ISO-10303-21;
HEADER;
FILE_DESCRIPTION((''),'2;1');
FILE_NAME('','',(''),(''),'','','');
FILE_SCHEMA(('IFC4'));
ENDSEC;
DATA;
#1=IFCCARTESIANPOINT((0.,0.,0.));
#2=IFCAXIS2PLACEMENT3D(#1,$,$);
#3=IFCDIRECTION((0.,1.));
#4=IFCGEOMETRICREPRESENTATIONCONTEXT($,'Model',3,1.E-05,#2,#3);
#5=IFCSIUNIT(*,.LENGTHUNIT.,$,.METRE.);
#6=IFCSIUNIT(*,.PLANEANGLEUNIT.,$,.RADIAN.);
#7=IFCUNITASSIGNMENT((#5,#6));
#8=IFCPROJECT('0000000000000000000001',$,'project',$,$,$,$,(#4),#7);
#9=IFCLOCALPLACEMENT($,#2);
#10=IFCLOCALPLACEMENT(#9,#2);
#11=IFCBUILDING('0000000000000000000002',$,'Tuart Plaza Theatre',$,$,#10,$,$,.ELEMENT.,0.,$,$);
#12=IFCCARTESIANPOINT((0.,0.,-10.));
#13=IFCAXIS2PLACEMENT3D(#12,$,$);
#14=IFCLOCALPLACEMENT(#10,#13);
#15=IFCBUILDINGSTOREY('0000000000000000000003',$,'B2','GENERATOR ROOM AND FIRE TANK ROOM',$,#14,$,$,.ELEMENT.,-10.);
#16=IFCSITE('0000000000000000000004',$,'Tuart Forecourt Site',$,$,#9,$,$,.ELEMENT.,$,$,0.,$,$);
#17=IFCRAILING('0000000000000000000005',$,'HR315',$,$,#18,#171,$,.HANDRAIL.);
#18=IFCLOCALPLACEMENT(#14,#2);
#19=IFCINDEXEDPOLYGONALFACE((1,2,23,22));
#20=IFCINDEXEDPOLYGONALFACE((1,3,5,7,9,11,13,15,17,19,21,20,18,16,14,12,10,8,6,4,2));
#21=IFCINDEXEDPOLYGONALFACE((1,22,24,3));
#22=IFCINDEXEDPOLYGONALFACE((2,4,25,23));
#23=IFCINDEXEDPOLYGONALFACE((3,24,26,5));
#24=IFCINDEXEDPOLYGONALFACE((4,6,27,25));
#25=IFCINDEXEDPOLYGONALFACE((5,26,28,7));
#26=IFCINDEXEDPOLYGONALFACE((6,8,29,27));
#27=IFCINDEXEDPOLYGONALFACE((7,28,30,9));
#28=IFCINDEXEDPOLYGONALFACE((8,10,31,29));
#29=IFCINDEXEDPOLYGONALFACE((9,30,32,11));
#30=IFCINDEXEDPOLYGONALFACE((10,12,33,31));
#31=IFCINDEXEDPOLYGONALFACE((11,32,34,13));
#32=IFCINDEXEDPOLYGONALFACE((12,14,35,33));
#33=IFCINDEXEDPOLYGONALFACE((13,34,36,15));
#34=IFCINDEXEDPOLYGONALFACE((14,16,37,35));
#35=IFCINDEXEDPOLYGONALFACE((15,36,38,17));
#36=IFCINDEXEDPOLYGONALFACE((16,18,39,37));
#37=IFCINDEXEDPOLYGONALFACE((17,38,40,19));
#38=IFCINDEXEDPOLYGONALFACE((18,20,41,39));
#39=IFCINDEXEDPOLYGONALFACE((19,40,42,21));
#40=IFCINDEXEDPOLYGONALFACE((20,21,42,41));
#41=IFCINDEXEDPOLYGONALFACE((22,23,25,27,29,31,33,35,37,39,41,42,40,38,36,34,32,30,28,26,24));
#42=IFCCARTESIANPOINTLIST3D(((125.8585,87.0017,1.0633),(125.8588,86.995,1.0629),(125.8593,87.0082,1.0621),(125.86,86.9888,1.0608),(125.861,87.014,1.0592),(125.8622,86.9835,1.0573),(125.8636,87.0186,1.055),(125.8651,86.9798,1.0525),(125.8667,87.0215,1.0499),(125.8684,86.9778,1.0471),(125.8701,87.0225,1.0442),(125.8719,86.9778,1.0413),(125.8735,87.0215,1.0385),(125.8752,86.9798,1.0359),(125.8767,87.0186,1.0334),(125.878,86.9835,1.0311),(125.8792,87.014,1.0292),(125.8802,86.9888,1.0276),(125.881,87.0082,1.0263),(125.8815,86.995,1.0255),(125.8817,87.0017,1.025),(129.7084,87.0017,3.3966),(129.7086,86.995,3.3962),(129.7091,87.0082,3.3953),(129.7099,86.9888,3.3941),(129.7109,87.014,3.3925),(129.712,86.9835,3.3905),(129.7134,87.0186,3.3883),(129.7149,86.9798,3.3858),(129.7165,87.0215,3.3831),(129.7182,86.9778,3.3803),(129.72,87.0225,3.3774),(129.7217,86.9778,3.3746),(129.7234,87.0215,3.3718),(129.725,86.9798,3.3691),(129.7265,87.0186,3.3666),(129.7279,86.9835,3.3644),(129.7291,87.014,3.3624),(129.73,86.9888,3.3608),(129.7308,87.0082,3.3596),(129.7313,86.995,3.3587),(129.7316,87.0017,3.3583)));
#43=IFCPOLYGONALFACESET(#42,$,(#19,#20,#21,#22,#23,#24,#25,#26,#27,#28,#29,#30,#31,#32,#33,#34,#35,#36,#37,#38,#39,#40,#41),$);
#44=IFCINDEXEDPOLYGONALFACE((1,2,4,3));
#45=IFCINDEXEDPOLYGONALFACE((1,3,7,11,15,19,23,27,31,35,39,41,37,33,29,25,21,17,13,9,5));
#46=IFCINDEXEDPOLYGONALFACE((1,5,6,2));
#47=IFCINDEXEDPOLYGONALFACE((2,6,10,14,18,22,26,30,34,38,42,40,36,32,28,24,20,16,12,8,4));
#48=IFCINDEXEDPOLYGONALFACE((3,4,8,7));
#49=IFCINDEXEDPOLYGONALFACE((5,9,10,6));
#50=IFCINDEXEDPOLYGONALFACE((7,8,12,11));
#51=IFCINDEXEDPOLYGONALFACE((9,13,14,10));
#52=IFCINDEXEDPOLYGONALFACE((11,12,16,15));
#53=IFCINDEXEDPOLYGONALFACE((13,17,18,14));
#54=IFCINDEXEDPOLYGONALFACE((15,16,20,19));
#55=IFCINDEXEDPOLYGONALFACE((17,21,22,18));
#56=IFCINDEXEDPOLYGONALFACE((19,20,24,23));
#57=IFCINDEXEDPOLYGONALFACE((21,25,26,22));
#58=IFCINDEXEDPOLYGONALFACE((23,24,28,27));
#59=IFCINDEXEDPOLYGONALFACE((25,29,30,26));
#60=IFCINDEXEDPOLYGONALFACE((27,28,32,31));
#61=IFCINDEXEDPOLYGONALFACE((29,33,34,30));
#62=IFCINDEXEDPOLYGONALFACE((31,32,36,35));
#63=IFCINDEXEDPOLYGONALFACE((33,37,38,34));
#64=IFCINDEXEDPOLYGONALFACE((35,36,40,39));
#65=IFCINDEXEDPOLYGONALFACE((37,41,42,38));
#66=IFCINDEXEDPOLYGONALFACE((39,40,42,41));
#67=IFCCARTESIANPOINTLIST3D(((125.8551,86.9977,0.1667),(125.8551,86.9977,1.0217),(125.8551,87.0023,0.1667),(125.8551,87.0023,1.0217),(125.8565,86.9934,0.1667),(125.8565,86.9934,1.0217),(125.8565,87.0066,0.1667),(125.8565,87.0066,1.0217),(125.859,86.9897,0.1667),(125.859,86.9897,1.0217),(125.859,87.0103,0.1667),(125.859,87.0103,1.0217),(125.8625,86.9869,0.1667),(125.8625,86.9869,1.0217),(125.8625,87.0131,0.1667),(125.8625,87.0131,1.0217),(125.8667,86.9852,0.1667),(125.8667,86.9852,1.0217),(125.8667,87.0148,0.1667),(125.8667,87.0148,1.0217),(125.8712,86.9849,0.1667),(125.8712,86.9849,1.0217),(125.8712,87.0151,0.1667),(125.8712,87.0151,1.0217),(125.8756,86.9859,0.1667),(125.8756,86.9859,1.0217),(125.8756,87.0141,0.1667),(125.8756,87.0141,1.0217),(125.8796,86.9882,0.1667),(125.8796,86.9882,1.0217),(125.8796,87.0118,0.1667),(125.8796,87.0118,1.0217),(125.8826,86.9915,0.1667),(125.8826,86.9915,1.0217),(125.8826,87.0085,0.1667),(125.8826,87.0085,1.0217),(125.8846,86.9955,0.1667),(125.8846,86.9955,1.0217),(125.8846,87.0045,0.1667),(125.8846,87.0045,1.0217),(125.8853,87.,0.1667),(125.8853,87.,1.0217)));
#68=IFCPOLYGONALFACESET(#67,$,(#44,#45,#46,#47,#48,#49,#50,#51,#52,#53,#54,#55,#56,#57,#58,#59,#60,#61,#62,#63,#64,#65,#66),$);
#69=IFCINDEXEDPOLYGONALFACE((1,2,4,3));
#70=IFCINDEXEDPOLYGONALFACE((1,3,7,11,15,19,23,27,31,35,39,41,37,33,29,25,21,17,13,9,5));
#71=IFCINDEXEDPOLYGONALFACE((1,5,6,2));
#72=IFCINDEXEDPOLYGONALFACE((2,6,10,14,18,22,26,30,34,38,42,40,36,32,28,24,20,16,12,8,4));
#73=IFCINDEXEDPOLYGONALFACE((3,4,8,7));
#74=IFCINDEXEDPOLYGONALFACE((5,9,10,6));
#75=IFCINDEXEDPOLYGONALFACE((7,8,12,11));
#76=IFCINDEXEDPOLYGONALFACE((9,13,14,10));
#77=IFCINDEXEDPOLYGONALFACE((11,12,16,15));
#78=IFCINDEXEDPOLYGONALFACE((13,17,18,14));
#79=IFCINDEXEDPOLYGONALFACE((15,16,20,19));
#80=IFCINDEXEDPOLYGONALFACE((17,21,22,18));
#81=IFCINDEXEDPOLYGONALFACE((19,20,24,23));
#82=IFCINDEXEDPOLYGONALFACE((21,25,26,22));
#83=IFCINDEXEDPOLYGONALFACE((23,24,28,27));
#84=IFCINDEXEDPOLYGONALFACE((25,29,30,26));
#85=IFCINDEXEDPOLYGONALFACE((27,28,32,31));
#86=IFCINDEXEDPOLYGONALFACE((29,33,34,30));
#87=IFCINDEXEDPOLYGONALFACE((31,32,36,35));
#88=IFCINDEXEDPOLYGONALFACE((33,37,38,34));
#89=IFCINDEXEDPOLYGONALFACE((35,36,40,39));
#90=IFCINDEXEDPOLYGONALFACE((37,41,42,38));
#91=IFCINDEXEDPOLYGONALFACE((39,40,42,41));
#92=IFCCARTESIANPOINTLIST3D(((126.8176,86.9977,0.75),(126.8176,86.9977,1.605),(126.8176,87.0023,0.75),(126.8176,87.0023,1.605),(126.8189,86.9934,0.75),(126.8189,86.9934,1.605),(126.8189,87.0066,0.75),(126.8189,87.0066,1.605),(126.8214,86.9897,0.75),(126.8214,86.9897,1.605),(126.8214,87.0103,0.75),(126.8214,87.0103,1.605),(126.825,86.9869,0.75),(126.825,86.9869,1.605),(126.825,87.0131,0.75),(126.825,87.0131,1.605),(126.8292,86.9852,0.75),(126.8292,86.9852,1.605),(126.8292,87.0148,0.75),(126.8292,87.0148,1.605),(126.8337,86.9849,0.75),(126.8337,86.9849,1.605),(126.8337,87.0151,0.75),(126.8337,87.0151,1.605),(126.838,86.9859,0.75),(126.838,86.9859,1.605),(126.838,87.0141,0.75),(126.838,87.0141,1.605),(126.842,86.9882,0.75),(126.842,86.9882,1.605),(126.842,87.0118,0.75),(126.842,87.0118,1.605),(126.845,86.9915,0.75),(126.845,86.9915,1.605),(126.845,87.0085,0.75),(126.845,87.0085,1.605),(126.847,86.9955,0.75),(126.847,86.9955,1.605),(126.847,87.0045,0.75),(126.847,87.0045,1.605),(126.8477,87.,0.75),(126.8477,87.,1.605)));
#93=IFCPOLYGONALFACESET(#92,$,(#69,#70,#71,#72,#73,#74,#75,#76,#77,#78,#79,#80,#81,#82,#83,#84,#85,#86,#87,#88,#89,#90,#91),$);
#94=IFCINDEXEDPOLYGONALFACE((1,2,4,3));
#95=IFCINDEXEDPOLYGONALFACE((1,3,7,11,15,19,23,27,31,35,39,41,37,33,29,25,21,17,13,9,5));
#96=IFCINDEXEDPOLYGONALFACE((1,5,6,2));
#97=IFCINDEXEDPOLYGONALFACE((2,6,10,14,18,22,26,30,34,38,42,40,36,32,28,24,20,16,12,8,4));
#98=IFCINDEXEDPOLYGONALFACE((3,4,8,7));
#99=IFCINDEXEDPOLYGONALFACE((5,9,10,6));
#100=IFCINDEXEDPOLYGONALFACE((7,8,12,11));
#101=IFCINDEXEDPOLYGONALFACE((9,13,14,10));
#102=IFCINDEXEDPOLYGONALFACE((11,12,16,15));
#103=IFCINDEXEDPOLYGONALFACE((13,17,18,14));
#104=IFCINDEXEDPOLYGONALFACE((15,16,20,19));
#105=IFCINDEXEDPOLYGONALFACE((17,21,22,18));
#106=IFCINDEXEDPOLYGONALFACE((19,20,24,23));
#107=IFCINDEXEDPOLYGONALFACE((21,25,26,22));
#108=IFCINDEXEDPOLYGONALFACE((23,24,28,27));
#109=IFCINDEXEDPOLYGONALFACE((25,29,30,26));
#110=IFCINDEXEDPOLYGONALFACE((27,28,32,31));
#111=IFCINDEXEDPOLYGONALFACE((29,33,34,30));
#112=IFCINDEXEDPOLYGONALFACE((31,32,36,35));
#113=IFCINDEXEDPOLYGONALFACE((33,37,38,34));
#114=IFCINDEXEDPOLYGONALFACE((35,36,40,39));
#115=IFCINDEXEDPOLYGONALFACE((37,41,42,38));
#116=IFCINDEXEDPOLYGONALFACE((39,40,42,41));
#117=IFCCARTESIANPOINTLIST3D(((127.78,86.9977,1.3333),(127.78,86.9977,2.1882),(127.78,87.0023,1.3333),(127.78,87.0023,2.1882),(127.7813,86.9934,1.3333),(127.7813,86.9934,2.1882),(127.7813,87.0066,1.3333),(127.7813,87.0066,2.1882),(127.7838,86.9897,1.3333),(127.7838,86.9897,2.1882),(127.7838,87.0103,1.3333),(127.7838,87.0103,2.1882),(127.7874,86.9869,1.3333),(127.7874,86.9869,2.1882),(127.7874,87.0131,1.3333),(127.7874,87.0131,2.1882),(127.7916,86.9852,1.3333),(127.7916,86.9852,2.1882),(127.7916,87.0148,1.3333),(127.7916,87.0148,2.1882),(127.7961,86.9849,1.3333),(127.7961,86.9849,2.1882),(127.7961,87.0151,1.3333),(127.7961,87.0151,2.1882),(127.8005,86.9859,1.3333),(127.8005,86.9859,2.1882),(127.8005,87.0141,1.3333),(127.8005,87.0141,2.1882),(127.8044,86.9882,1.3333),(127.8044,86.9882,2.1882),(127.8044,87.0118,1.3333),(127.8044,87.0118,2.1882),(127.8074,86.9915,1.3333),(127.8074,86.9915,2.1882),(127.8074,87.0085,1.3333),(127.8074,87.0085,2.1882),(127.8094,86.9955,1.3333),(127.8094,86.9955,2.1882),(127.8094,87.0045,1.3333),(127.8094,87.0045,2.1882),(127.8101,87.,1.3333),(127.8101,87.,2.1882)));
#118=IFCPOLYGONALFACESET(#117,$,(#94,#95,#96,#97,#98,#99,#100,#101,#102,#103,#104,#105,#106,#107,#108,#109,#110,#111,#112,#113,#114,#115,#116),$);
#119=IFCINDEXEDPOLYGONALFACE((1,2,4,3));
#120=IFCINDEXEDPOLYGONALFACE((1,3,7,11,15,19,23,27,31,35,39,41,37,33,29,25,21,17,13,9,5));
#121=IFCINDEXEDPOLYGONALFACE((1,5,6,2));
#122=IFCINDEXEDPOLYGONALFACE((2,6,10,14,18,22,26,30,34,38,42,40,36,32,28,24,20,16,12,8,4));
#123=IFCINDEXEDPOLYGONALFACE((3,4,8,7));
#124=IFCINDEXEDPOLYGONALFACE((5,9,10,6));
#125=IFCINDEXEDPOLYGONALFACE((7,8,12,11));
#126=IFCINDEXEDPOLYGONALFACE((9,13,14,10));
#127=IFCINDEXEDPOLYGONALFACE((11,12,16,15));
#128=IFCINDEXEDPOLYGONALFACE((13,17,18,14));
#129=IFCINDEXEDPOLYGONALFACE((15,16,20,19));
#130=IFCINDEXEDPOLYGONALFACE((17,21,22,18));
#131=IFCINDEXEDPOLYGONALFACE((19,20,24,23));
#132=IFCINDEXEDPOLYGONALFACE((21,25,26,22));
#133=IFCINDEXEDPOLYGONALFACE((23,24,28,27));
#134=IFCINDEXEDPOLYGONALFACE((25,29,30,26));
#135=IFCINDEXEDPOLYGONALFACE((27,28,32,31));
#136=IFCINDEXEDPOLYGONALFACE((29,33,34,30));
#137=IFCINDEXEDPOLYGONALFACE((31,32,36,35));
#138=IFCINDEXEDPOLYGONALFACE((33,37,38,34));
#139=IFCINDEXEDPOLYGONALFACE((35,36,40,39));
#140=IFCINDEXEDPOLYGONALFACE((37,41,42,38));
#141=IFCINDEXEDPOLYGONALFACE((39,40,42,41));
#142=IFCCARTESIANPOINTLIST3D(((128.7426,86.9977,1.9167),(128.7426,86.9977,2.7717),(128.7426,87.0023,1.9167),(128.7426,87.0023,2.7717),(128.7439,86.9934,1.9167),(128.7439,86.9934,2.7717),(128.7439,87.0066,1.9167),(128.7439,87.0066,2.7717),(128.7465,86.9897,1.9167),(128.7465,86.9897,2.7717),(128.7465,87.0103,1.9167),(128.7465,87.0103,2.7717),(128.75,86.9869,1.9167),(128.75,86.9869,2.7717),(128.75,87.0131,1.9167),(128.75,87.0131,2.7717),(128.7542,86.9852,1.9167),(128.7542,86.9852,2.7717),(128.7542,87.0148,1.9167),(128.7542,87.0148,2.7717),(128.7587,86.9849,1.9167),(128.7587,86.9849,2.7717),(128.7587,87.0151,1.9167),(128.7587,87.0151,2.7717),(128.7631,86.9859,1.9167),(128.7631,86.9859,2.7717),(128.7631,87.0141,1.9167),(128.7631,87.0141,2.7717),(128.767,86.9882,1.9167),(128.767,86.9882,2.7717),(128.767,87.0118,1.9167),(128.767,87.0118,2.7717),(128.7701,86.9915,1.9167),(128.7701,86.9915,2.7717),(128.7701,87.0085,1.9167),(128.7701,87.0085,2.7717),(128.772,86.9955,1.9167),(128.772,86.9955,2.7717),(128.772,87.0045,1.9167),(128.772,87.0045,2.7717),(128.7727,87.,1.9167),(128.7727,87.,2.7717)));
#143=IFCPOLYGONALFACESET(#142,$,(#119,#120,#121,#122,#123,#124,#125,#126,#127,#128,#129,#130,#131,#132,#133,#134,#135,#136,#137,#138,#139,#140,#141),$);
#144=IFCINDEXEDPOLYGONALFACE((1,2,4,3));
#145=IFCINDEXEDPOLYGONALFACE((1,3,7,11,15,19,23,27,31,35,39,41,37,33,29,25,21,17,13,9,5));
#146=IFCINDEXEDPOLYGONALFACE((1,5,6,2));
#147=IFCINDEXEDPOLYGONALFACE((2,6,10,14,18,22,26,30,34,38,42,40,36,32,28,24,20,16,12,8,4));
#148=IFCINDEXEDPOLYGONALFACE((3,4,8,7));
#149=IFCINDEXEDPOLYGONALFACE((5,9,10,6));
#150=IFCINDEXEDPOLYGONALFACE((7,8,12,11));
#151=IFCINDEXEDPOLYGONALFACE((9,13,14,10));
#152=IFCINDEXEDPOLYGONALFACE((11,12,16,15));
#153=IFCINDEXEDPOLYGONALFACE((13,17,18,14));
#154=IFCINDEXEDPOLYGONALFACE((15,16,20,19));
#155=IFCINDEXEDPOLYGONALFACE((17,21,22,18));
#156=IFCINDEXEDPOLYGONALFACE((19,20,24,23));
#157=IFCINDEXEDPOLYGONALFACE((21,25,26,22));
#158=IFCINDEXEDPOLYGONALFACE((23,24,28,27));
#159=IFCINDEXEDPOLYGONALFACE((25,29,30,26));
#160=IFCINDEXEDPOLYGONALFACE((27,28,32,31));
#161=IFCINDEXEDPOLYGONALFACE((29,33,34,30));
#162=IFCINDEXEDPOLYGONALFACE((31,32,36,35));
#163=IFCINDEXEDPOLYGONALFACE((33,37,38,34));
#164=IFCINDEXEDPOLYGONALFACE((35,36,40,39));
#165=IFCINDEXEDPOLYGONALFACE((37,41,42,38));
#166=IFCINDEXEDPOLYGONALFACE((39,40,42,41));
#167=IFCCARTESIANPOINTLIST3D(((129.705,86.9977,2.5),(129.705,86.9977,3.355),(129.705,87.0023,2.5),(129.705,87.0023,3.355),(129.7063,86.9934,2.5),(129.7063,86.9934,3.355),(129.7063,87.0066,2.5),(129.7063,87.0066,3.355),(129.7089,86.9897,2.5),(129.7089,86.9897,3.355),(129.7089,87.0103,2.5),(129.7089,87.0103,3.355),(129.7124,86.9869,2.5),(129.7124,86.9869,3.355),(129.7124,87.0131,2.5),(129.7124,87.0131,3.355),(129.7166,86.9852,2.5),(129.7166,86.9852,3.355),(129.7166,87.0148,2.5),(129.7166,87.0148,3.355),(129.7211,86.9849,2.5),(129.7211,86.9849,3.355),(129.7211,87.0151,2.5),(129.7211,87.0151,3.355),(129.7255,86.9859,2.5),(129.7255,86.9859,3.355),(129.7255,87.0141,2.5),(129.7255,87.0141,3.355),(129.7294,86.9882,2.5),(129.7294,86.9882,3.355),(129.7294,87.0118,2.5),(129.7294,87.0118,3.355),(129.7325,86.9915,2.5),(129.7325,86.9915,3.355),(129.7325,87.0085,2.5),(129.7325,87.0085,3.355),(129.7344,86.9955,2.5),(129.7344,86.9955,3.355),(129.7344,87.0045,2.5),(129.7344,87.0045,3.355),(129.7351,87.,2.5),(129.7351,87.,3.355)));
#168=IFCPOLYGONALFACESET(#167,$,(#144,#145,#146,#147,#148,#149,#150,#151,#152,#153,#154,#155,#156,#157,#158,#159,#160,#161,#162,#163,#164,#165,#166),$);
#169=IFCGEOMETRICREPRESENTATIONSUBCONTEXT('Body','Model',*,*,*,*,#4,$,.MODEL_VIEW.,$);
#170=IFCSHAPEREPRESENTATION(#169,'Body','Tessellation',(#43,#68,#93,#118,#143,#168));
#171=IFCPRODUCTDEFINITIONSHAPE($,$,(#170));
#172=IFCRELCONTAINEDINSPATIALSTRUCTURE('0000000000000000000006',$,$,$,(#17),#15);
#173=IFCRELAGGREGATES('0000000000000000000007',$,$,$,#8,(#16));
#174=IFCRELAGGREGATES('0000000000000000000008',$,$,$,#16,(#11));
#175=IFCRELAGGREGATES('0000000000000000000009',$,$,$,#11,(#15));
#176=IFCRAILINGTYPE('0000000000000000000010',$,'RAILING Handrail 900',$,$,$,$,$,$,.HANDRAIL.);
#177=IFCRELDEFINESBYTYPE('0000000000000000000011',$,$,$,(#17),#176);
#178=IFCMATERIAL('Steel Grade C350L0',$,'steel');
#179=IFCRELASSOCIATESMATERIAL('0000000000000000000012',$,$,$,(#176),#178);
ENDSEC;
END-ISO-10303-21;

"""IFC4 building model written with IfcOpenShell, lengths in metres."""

from ifc_helpers import new_model, si_unit, direction, frame, origin, origin_2d, place, context, subcontext, project, spatial, circle, extrude, material, type_object, element, save


model = new_model("IFC4")

# Units and contexts
model_context = context("Model", 3, precision=1e-05, world=origin(), true_north=direction((0.0, 1.0)))
body_context = subcontext(model_context, "Body", "Model", "MODEL_VIEW")
ifc_project = project(units=[si_unit("LENGTHUNIT", "METRE"), si_unit("PLANEANGLEUNIT", "RADIAN")], contexts=[model_context])

# Site, building, storey
site_placement = place(None, origin())
site = spatial("IfcSite", under=ifc_project, at=site_placement, Name="Tuart Forecourt Site", CompositionType="ELEMENT", RefElevation=0.0)
building_placement = place(site_placement, origin())
building = spatial("IfcBuilding", under=site, at=building_placement, Name="Tuart Plaza Theatre", CompositionType="ELEMENT", ElevationOfRefHeight=0.0)
storey_placement = place(building_placement, frame((0.0, 0.0, -10.0)))
storey = spatial("IfcBuildingStorey", under=building, at=storey_placement, Name="B2", Description="GENERATOR ROOM AND FIRE TANK ROOM", CompositionType="ELEMENT", Elevation=-10.0)

# Railing
ifc_material_1 = material(Name="Steel Grade C350L0", Category="steel")
railing_type = type_object("IfcRailingType", Name="RAILING Handrail 900", PredefinedType="HANDRAIL", material=ifc_material_1)
for number, where, name in (
    (1, (125.8701, 87.0, 0.1667), "HR315"),
):
    element("IfcRailing", number, at=place(storey_placement, frame(where)), inside=storey, type_object=railing_type, Name=name, PredefinedType="HANDRAIL", context=body_context, shape_type="SweptSolid", body=[
        extrude(circle(Radius=0.0225, at=origin_2d()), frame((0.0, 0.0, 0.8774), z_axis=(0.855197, 0.0, 0.518303), x_axis=(0.0, 1.0, 0.0)), (0.0, 0.0, 1.0), 4.5017),
        extrude(circle(Radius=0.0151, at=origin_2d()), origin(), (0.0, 0.0, 1.0), 0.855),
        extrude(circle(Radius=0.0151, at=origin_2d()), frame((0.9624, 0.0, 0.5833)), (0.0, 0.0, 1.0), 0.855),
        extrude(circle(Radius=0.0151, at=origin_2d()), frame((1.9248, 0.0, 1.1665)), (0.0, 0.0, 1.0), 0.855),
        extrude(circle(Radius=0.0151, at=origin_2d()), frame((2.8875, 0.0, 1.75)), (0.0, 0.0, 1.0), 0.855),
        extrude(circle(Radius=0.0151, at=origin_2d()), frame((3.8499, 0.0, 2.3333)), (0.0, 0.0, 1.0), 0.855),
    ])

save(model, "model.ifc")
